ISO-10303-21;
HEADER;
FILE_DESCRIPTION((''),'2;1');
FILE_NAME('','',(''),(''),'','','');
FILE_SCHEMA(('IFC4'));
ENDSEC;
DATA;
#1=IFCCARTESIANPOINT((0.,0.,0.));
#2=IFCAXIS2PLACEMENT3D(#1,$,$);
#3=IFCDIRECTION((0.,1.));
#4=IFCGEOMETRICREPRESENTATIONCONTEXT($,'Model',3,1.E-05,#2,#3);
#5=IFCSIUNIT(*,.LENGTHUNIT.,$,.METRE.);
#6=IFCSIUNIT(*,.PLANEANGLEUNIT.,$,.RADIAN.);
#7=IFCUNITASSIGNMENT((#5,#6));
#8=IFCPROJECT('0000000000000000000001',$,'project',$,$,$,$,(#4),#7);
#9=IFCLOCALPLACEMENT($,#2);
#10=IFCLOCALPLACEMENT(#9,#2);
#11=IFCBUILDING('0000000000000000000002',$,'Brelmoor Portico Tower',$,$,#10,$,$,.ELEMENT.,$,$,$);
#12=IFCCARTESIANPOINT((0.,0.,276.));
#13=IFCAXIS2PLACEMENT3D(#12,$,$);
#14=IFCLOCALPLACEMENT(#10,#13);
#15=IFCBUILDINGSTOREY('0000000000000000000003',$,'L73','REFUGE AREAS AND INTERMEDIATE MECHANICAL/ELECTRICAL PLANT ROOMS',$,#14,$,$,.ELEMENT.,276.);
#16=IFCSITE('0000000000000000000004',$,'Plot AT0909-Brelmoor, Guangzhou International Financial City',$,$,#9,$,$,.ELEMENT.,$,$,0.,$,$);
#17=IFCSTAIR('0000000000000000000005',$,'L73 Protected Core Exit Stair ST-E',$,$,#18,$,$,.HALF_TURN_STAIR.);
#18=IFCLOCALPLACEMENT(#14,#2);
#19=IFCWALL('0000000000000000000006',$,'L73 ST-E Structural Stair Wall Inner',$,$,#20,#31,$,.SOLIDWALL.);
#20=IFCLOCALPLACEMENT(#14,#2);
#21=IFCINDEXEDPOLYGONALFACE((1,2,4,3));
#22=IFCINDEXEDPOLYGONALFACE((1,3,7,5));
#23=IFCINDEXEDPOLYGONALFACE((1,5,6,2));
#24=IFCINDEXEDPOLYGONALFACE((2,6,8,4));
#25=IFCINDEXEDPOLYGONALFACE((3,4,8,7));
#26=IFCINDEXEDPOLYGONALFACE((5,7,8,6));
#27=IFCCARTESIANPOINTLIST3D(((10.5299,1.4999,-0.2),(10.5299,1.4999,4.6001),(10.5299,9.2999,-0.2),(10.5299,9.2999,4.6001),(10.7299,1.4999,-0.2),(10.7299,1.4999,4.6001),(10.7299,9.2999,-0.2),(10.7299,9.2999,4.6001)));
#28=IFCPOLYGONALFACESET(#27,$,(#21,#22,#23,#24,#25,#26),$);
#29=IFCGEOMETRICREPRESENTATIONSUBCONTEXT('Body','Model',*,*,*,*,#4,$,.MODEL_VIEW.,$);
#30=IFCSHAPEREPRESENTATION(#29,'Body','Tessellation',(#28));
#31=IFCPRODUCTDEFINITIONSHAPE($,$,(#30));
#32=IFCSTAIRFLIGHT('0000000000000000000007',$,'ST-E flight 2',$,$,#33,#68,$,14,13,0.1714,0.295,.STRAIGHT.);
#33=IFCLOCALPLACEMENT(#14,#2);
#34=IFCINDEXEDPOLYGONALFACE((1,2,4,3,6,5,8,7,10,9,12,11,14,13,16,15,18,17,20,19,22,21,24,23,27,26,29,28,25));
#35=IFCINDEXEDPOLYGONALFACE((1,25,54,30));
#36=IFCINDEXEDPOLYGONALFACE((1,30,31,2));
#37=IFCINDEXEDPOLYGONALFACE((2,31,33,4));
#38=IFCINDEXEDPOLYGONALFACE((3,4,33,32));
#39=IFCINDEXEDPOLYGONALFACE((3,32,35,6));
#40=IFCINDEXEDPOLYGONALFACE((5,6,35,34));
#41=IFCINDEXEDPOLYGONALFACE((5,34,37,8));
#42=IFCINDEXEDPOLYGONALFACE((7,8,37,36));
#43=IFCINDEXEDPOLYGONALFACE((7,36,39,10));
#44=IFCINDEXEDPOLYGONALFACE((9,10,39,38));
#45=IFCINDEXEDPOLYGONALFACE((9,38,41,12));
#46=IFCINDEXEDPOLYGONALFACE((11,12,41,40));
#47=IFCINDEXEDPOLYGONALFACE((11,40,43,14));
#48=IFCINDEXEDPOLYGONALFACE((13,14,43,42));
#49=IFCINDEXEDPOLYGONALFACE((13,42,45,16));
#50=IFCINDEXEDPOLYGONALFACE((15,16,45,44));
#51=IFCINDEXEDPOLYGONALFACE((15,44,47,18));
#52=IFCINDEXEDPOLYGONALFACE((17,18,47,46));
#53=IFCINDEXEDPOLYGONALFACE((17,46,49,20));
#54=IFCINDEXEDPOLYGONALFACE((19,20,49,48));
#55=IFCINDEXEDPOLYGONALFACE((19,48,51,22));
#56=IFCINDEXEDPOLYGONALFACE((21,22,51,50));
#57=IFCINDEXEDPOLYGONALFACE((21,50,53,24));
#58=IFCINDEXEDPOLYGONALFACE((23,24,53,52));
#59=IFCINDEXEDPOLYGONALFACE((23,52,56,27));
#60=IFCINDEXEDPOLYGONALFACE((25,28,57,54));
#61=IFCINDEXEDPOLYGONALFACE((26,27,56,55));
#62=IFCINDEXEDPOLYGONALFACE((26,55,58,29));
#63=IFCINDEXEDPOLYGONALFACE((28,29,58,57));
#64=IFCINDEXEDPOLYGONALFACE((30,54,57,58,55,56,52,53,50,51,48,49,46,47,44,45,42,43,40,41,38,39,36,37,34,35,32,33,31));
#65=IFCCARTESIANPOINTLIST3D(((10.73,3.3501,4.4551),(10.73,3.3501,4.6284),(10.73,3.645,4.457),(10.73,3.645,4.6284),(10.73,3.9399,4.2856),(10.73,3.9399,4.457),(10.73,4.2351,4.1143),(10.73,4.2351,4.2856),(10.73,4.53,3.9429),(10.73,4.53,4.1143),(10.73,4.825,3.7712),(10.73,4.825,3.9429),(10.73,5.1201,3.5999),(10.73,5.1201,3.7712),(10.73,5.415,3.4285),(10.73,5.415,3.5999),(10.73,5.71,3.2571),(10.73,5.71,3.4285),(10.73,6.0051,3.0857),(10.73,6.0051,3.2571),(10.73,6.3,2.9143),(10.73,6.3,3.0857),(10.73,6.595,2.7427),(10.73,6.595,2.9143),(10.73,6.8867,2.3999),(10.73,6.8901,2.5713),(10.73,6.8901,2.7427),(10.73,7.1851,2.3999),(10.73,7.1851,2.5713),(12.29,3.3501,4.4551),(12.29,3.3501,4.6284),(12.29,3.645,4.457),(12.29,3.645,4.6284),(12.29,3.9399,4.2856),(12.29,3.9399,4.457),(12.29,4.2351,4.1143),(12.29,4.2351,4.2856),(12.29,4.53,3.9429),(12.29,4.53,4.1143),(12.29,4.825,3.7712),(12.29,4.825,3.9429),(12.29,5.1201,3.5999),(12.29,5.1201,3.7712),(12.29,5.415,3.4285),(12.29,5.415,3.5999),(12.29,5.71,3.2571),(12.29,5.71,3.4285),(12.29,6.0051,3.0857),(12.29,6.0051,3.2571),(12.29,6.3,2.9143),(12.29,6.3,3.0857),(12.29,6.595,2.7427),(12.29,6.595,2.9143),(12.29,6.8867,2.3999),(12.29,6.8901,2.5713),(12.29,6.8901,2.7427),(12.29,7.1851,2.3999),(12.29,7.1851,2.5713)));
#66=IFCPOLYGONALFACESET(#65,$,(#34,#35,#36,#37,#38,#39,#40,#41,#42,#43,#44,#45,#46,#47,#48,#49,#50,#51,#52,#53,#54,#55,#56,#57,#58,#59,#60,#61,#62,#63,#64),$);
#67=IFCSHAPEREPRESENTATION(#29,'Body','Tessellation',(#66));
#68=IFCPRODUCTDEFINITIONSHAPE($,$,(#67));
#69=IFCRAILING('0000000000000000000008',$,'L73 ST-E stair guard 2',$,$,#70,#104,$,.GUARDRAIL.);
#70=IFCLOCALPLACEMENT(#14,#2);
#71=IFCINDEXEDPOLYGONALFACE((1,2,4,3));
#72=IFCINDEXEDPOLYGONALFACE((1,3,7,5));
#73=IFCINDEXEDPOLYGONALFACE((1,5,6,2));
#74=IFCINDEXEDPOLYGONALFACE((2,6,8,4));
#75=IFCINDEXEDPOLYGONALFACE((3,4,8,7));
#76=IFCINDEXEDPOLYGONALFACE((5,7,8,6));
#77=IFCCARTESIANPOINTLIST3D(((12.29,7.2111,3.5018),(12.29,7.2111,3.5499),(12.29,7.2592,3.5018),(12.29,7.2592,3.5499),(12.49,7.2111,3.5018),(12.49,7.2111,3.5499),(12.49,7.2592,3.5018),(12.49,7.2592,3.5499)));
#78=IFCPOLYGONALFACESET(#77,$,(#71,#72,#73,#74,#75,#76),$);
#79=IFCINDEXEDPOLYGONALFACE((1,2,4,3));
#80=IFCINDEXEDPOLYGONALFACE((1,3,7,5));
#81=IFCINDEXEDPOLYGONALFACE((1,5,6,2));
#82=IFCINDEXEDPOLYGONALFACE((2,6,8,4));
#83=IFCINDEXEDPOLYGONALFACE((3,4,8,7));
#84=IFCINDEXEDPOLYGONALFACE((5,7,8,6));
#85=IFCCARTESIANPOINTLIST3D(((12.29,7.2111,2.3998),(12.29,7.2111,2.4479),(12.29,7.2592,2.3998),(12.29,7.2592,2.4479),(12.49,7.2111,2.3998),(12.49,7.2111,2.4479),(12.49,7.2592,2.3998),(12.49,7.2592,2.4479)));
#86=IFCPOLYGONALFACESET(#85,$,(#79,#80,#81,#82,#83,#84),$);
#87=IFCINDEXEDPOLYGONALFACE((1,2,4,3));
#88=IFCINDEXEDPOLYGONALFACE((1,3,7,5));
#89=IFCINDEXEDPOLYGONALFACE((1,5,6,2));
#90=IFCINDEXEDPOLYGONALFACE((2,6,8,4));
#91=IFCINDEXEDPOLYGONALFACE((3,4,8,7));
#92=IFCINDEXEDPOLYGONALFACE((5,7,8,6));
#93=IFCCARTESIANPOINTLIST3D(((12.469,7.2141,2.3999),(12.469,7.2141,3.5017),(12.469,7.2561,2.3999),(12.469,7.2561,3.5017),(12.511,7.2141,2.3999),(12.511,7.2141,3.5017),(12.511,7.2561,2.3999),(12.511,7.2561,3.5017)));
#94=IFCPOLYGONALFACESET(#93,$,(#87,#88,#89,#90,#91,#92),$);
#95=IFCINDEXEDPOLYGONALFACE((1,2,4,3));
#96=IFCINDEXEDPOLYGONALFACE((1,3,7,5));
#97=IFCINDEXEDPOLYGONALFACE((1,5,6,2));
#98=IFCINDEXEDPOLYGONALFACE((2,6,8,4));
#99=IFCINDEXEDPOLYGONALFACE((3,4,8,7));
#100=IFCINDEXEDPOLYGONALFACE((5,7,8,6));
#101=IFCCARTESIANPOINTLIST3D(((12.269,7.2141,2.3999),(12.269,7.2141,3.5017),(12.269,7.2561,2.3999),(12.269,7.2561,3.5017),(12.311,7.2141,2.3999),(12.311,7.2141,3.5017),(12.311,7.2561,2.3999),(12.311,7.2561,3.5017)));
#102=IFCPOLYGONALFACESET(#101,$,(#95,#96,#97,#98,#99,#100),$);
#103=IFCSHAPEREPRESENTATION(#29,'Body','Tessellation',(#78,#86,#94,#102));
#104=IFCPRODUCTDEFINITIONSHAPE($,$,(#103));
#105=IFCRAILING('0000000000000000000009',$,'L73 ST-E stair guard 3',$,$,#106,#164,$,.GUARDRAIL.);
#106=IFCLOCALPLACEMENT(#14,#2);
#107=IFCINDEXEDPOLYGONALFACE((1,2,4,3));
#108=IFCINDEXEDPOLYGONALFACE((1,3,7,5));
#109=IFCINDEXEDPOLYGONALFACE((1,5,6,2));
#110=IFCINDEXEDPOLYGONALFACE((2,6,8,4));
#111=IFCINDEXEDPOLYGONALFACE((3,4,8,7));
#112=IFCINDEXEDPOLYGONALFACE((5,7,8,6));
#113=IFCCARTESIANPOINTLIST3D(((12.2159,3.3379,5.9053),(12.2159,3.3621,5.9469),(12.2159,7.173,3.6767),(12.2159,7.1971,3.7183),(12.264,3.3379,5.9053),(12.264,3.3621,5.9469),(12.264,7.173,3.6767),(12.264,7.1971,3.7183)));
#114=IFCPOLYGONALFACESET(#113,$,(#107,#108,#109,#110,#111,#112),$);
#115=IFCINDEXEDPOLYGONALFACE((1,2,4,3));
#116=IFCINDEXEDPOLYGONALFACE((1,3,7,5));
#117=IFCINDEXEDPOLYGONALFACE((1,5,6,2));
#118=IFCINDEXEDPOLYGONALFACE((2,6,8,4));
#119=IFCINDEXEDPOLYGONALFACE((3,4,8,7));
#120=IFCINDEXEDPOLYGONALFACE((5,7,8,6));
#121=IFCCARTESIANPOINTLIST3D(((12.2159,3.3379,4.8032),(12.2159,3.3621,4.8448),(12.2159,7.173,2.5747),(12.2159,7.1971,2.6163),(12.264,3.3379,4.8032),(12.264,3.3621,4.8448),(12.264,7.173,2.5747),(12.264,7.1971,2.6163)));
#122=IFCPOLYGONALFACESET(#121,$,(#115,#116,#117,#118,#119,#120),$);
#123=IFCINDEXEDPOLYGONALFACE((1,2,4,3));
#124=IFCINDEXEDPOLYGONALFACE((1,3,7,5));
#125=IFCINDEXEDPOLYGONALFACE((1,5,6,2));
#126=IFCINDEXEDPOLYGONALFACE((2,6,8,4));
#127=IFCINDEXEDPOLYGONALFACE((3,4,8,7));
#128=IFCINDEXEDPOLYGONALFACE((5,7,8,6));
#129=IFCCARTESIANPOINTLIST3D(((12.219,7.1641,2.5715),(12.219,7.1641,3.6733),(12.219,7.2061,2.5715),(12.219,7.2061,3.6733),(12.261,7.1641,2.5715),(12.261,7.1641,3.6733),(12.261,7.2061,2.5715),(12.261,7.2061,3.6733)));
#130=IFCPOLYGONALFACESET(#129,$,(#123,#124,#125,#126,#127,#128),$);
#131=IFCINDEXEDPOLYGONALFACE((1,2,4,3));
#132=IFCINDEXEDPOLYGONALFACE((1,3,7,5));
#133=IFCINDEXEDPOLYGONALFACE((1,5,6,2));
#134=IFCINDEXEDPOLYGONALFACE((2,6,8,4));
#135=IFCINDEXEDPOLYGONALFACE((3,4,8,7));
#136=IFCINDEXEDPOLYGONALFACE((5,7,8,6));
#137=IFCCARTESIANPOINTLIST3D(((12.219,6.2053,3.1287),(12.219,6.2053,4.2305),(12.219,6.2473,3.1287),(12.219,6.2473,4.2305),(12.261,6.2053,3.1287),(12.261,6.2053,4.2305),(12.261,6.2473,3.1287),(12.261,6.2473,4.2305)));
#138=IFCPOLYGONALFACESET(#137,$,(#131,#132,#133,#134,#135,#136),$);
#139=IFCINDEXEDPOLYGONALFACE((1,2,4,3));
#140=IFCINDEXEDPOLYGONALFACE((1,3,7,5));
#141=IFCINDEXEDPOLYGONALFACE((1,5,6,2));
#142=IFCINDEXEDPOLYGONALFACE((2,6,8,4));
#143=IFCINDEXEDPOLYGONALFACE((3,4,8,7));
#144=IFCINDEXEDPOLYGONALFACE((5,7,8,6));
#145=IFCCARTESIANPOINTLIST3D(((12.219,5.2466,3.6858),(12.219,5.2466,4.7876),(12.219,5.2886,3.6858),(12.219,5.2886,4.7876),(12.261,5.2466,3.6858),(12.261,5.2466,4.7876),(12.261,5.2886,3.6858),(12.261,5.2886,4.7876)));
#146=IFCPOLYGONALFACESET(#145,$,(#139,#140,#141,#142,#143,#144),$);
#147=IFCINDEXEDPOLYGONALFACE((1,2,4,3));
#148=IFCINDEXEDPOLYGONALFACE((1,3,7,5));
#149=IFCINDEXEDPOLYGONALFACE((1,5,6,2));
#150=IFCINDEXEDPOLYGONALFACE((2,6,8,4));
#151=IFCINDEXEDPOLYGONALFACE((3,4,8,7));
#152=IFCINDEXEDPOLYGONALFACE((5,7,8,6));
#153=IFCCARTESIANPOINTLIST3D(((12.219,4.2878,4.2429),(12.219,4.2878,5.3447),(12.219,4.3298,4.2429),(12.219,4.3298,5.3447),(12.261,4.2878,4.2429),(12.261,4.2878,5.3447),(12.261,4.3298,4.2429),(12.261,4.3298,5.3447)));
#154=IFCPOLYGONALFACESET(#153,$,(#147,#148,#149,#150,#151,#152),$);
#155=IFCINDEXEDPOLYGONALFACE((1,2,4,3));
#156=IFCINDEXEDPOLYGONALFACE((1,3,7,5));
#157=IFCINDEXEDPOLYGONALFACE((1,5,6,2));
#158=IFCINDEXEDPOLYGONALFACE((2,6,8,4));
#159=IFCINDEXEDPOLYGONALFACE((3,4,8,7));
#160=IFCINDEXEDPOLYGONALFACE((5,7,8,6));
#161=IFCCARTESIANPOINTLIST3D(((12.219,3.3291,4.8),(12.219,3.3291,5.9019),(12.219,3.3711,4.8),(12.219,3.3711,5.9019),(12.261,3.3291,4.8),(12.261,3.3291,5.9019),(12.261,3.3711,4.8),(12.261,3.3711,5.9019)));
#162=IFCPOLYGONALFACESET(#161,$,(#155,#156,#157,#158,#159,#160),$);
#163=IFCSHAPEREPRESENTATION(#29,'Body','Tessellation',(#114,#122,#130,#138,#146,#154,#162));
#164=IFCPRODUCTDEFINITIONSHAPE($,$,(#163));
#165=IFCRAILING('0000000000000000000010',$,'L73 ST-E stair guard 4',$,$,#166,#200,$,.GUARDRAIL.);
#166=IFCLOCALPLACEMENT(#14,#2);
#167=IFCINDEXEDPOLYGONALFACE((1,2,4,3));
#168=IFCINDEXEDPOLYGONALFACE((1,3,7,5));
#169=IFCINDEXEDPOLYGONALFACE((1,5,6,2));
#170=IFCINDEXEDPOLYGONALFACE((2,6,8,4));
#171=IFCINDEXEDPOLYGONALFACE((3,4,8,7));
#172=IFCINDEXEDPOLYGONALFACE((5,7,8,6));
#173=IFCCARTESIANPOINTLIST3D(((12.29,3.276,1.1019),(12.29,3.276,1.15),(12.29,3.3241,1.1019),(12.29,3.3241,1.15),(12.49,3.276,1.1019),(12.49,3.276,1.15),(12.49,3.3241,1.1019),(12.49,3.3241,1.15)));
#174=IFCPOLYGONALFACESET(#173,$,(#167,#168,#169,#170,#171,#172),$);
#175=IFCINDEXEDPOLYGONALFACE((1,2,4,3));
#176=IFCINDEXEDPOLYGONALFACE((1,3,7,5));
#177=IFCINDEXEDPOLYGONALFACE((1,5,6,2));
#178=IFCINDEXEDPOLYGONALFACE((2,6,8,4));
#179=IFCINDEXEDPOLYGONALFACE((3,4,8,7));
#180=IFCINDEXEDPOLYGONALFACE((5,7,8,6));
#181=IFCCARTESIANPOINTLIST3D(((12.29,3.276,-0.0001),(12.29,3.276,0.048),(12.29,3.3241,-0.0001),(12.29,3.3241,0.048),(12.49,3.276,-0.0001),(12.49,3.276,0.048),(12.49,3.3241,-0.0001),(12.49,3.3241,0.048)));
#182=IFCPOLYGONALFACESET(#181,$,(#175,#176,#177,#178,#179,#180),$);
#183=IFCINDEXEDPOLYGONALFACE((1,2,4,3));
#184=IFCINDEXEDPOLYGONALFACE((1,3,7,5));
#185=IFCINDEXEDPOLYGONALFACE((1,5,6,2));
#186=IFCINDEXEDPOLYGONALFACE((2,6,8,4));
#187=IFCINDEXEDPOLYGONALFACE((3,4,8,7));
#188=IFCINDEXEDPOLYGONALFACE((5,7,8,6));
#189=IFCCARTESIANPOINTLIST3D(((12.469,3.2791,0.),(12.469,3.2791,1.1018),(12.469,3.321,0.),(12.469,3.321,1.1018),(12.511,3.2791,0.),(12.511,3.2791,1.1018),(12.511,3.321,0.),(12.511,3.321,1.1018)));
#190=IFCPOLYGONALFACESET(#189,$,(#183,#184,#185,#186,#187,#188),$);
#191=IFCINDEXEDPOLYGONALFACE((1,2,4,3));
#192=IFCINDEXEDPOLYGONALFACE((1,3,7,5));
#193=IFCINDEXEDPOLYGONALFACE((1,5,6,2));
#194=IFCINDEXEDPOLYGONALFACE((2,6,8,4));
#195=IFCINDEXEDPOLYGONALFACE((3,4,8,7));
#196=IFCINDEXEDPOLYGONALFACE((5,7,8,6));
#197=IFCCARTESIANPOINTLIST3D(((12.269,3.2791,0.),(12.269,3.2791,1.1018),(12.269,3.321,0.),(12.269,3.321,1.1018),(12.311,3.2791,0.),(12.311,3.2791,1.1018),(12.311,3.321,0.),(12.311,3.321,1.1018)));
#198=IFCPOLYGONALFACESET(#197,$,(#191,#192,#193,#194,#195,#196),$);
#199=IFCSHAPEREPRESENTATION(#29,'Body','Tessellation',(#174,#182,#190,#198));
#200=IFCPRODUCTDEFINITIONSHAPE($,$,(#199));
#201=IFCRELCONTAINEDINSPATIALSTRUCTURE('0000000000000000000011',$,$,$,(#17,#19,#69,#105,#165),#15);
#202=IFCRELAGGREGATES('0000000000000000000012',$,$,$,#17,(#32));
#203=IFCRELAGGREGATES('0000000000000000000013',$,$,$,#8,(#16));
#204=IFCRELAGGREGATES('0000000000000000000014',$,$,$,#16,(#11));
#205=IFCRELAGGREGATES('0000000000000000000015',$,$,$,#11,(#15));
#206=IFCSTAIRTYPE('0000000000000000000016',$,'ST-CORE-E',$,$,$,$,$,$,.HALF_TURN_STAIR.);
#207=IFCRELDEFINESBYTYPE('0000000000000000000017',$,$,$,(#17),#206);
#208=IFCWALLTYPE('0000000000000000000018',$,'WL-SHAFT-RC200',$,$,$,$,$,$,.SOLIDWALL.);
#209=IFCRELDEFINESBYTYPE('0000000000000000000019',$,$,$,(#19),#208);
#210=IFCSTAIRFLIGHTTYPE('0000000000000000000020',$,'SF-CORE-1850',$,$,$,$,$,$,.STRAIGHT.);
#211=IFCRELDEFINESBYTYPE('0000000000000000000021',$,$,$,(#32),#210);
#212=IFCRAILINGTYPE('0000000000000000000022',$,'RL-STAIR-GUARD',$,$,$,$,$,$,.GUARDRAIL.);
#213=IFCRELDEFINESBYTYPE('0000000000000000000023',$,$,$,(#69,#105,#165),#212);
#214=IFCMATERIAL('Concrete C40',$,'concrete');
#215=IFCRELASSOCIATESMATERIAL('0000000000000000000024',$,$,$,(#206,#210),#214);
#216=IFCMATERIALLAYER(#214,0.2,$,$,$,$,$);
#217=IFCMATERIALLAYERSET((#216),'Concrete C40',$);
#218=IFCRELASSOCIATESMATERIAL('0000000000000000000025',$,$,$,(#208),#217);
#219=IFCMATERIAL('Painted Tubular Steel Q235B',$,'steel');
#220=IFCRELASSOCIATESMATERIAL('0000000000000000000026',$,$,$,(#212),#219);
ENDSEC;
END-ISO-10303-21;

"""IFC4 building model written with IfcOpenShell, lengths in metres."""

from ifc_helpers import new_model, si_unit, direction, frame, frame_2d, origin, origin_2d, place, context, subcontext, project, spatial, polyline, rectangle, outline, extrude, material, layer, layer_set, type_object, element, aggregate, save


model = new_model("IFC4")

# Units and contexts
model_context = context("Model", 3, precision=1e-05, world=origin(), true_north=direction((0.0, 1.0)))
body_context = subcontext(model_context, "Body", "Model", "MODEL_VIEW")
ifc_project = project(units=[si_unit("LENGTHUNIT", "METRE"), si_unit("PLANEANGLEUNIT", "RADIAN")], contexts=[model_context])

# Site, building, storey
site_placement = place(None, origin())
site = spatial("IfcSite", under=ifc_project, at=site_placement, Name="Plot AT0909-Brelmoor, Guangzhou International Financial City", CompositionType="ELEMENT", RefElevation=0.0)
building_placement = place(site_placement, origin())
building = spatial("IfcBuilding", under=site, at=building_placement, Name="Brelmoor Portico Tower", CompositionType="ELEMENT")
storey_placement = place(building_placement, frame((0.0, 0.0, 276.0)))
storey = spatial("IfcBuildingStorey", under=building, at=storey_placement, Name="L73", Description="REFUGE AREAS AND INTERMEDIATE MECHANICAL/ELECTRICAL PLANT ROOMS", CompositionType="ELEMENT", Elevation=276.0)

# Shared definitions
ifc_material_1 = material(Name="Concrete C40", Category="concrete")

# Stair
stair_type_1 = type_object("IfcStairType", Name="ST-CORE-E", PredefinedType="HALF_TURN_STAIR", material=ifc_material_1)
stair_1_placement = place(storey_placement, origin())
stair_1 = element("IfcStair", 1, at=stair_1_placement, inside=storey, type_object=stair_type_1, Name="L73 Protected Core Exit Stair ST-E", PredefinedType="HALF_TURN_STAIR")

# Shared definitions
ifc_layer_1 = layer(ifc_material_1, 0.2)
ifc_layer_set_1 = layer_set([ifc_layer_1], Name="Concrete C40")
wall_type_1 = type_object("IfcWallType", Name="WL-SHAFT-RC200", PredefinedType="SOLIDWALL", material=ifc_layer_set_1)

# Wall
wall_1_placement = place(storey_placement, frame((10.6299, 1.5, -0.2), z_axis=(0.0, 0.0, 1.0), x_axis=(0.0, 1.0, 0.0)))
element("IfcWall", 2, at=wall_1_placement, inside=storey, type_object=wall_type_1, Name="L73 ST-E Structural Stair Wall Inner", PredefinedType="SOLIDWALL", context=body_context, shape_type="SweptSolid", body=[
    extrude(rectangle(XDim=7.8, YDim=0.2, at=frame_2d((3.8999, 0.0))), origin(), (0.0, 0.0, 1.0), 4.8),
])

# Stair flight
stair_flight_type = type_object("IfcStairFlightType", Name="SF-CORE-1850", PredefinedType="STRAIGHT", material=ifc_material_1)
stair_flight_placement = place(storey_placement, frame((11.51, 7.1851, 2.3999), z_axis=(0.0, 0.0, 1.0), x_axis=(0.0, -1.0, 0.0)))
stair_flight = element("IfcStairFlight", 3, at=stair_flight_placement, type_object=stair_flight_type, Name="ST-E flight 2", NumberOfRisers=14, NumberOfTreads=13, PredefinedType="STRAIGHT", RiserHeight=0.1714, TreadLength=0.295, context=body_context, shape_type="SweptSolid", body=[
    extrude(outline(polyline([(0.0, 0.0), (0.0, 0.1714), (0.2949, 0.1714), (0.2949, 0.3428), (0.5901, 0.3428), (0.5901, 0.5144), (0.885, 0.5144), (0.885, 0.6858), (1.1799, 0.6858), (1.1799, 0.8572), (1.4751, 0.8572), (1.4751, 1.0286), (1.77, 1.0286), (1.77, 1.2), (2.0649, 1.2), (2.0649, 1.3713), (2.3601, 1.3713), (2.3601, 1.543), (2.655, 1.543), (2.655, 1.7144), (2.95, 1.7144), (2.95, 1.8857), (3.2451, 1.8857), (3.2451, 2.0571), (3.54, 2.0571), (3.54, 2.2285), (3.835, 2.2285), (3.835, 2.3999), (3.835, 2.0552), (0.2983, 0.0), (0.0, 0.0)])), frame((0.0, 0.78, 0.0), z_axis=(0.0, -1.0, 0.0), x_axis=(1.0, 0.0, 0.0)), (0.0, 0.0, 1.0), 1.5601),
])
aggregate(stair_1, [stair_flight])

# Railings
ifc_material_2 = material(Name="Painted Tubular Steel Q235B", Category="steel")
railing_type_1 = type_object("IfcRailingType", Name="RL-STAIR-GUARD", PredefinedType="GUARDRAIL", material=ifc_material_2)
railing_1_placement = place(storey_placement, frame((12.49, 7.2351, 2.3999)))
element("IfcRailing", 4, at=railing_1_placement, inside=storey, type_object=railing_type_1, Name="L73 ST-E stair guard 2", PredefinedType="GUARDRAIL", context=body_context, shape_type="SweptSolid", body=[
    extrude(rectangle(XDim=0.0481, YDim=0.0481, at=origin_2d()), frame((0.0, 0.0, 1.126), z_axis=(-1.0, 0.0, 0.0), x_axis=(0.0, -1.0, 0.0)), (0.0, 0.0, 1.0), 0.2),
    extrude(rectangle(XDim=0.0481, YDim=0.0481, at=origin_2d()), frame((0.0, 0.0, 0.0239), z_axis=(-1.0, 0.0, 0.0), x_axis=(0.0, -1.0, 0.0)), (0.0, 0.0, 1.0), 0.2),
    extrude(rectangle(XDim=0.042, YDim=0.042, at=origin_2d()), origin(), (0.0, 0.0, 1.0), 1.1018),
    extrude(rectangle(XDim=0.042, YDim=0.042, at=origin_2d()), frame((-0.2, 0.0, 0.0)), (0.0, 0.0, 1.0), 1.1018),
])
railing_2_placement = place(storey_placement, frame((12.24, 7.1851, 2.5715)))
element("IfcRailing", 5, at=railing_2_placement, inside=storey, type_object=railing_type_1, Name="L73 ST-E stair guard 3", PredefinedType="GUARDRAIL", context=body_context, shape_type="SweptSolid", body=[
    extrude(rectangle(XDim=0.0481, YDim=0.0481, at=origin_2d()), frame((0.0, 0.0, 1.126), z_axis=(0.0, -0.864616, 0.502433), x_axis=(1.0, 0.0, 0.0)), (0.0, 0.0, 1.0), 4.4355),
    extrude(rectangle(XDim=0.0481, YDim=0.0481, at=origin_2d()), frame((0.0, 0.0, 0.0239), z_axis=(0.0, -0.864616, 0.502433), x_axis=(1.0, 0.0, 0.0)), (0.0, 0.0, 1.0), 4.4355),
    extrude(rectangle(XDim=0.042, YDim=0.042, at=origin_2d()), origin(), (0.0, 0.0, 1.0), 1.1018),
    extrude(rectangle(XDim=0.042, YDim=0.042, at=origin_2d()), frame((0.0, -0.9587, 0.5571)), (0.0, 0.0, 1.0), 1.1018),
    extrude(rectangle(XDim=0.042, YDim=0.042, at=origin_2d()), frame((0.0, -1.9175, 1.1143)), (0.0, 0.0, 1.0), 1.1018),
    extrude(rectangle(XDim=0.042, YDim=0.042, at=origin_2d()), frame((0.0, -2.8762, 1.6714)), (0.0, 0.0, 1.0), 1.1018),
    extrude(rectangle(XDim=0.042, YDim=0.042, at=origin_2d()), frame((0.0, -3.835, 2.2285)), (0.0, 0.0, 1.0), 1.1018),
])
railing_3_placement = place(storey_placement, frame((12.49, 3.3, 0.0)))
element("IfcRailing", 6, at=railing_3_placement, inside=storey, type_object=railing_type_1, Name="L73 ST-E stair guard 4", PredefinedType="GUARDRAIL", context=body_context, shape_type="SweptSolid", body=[
    extrude(rectangle(XDim=0.0481, YDim=0.0481, at=origin_2d()), frame((0.0, 0.0, 1.126), z_axis=(-1.0, 0.0, 0.0), x_axis=(0.0, -1.0, 0.0)), (0.0, 0.0, 1.0), 0.2),
    extrude(rectangle(XDim=0.0481, YDim=0.0481, at=origin_2d()), frame((0.0, 0.0, 0.0239), z_axis=(-1.0, 0.0, 0.0), x_axis=(0.0, -1.0, 0.0)), (0.0, 0.0, 1.0), 0.2),
    extrude(rectangle(XDim=0.042, YDim=0.042, at=origin_2d()), origin(), (0.0, 0.0, 1.0), 1.1018),
    extrude(rectangle(XDim=0.042, YDim=0.042, at=origin_2d()), frame((-0.2, 0.0, 0.0)), (0.0, 0.0, 1.0), 1.1018),
])

save(model, "model.ifc")
